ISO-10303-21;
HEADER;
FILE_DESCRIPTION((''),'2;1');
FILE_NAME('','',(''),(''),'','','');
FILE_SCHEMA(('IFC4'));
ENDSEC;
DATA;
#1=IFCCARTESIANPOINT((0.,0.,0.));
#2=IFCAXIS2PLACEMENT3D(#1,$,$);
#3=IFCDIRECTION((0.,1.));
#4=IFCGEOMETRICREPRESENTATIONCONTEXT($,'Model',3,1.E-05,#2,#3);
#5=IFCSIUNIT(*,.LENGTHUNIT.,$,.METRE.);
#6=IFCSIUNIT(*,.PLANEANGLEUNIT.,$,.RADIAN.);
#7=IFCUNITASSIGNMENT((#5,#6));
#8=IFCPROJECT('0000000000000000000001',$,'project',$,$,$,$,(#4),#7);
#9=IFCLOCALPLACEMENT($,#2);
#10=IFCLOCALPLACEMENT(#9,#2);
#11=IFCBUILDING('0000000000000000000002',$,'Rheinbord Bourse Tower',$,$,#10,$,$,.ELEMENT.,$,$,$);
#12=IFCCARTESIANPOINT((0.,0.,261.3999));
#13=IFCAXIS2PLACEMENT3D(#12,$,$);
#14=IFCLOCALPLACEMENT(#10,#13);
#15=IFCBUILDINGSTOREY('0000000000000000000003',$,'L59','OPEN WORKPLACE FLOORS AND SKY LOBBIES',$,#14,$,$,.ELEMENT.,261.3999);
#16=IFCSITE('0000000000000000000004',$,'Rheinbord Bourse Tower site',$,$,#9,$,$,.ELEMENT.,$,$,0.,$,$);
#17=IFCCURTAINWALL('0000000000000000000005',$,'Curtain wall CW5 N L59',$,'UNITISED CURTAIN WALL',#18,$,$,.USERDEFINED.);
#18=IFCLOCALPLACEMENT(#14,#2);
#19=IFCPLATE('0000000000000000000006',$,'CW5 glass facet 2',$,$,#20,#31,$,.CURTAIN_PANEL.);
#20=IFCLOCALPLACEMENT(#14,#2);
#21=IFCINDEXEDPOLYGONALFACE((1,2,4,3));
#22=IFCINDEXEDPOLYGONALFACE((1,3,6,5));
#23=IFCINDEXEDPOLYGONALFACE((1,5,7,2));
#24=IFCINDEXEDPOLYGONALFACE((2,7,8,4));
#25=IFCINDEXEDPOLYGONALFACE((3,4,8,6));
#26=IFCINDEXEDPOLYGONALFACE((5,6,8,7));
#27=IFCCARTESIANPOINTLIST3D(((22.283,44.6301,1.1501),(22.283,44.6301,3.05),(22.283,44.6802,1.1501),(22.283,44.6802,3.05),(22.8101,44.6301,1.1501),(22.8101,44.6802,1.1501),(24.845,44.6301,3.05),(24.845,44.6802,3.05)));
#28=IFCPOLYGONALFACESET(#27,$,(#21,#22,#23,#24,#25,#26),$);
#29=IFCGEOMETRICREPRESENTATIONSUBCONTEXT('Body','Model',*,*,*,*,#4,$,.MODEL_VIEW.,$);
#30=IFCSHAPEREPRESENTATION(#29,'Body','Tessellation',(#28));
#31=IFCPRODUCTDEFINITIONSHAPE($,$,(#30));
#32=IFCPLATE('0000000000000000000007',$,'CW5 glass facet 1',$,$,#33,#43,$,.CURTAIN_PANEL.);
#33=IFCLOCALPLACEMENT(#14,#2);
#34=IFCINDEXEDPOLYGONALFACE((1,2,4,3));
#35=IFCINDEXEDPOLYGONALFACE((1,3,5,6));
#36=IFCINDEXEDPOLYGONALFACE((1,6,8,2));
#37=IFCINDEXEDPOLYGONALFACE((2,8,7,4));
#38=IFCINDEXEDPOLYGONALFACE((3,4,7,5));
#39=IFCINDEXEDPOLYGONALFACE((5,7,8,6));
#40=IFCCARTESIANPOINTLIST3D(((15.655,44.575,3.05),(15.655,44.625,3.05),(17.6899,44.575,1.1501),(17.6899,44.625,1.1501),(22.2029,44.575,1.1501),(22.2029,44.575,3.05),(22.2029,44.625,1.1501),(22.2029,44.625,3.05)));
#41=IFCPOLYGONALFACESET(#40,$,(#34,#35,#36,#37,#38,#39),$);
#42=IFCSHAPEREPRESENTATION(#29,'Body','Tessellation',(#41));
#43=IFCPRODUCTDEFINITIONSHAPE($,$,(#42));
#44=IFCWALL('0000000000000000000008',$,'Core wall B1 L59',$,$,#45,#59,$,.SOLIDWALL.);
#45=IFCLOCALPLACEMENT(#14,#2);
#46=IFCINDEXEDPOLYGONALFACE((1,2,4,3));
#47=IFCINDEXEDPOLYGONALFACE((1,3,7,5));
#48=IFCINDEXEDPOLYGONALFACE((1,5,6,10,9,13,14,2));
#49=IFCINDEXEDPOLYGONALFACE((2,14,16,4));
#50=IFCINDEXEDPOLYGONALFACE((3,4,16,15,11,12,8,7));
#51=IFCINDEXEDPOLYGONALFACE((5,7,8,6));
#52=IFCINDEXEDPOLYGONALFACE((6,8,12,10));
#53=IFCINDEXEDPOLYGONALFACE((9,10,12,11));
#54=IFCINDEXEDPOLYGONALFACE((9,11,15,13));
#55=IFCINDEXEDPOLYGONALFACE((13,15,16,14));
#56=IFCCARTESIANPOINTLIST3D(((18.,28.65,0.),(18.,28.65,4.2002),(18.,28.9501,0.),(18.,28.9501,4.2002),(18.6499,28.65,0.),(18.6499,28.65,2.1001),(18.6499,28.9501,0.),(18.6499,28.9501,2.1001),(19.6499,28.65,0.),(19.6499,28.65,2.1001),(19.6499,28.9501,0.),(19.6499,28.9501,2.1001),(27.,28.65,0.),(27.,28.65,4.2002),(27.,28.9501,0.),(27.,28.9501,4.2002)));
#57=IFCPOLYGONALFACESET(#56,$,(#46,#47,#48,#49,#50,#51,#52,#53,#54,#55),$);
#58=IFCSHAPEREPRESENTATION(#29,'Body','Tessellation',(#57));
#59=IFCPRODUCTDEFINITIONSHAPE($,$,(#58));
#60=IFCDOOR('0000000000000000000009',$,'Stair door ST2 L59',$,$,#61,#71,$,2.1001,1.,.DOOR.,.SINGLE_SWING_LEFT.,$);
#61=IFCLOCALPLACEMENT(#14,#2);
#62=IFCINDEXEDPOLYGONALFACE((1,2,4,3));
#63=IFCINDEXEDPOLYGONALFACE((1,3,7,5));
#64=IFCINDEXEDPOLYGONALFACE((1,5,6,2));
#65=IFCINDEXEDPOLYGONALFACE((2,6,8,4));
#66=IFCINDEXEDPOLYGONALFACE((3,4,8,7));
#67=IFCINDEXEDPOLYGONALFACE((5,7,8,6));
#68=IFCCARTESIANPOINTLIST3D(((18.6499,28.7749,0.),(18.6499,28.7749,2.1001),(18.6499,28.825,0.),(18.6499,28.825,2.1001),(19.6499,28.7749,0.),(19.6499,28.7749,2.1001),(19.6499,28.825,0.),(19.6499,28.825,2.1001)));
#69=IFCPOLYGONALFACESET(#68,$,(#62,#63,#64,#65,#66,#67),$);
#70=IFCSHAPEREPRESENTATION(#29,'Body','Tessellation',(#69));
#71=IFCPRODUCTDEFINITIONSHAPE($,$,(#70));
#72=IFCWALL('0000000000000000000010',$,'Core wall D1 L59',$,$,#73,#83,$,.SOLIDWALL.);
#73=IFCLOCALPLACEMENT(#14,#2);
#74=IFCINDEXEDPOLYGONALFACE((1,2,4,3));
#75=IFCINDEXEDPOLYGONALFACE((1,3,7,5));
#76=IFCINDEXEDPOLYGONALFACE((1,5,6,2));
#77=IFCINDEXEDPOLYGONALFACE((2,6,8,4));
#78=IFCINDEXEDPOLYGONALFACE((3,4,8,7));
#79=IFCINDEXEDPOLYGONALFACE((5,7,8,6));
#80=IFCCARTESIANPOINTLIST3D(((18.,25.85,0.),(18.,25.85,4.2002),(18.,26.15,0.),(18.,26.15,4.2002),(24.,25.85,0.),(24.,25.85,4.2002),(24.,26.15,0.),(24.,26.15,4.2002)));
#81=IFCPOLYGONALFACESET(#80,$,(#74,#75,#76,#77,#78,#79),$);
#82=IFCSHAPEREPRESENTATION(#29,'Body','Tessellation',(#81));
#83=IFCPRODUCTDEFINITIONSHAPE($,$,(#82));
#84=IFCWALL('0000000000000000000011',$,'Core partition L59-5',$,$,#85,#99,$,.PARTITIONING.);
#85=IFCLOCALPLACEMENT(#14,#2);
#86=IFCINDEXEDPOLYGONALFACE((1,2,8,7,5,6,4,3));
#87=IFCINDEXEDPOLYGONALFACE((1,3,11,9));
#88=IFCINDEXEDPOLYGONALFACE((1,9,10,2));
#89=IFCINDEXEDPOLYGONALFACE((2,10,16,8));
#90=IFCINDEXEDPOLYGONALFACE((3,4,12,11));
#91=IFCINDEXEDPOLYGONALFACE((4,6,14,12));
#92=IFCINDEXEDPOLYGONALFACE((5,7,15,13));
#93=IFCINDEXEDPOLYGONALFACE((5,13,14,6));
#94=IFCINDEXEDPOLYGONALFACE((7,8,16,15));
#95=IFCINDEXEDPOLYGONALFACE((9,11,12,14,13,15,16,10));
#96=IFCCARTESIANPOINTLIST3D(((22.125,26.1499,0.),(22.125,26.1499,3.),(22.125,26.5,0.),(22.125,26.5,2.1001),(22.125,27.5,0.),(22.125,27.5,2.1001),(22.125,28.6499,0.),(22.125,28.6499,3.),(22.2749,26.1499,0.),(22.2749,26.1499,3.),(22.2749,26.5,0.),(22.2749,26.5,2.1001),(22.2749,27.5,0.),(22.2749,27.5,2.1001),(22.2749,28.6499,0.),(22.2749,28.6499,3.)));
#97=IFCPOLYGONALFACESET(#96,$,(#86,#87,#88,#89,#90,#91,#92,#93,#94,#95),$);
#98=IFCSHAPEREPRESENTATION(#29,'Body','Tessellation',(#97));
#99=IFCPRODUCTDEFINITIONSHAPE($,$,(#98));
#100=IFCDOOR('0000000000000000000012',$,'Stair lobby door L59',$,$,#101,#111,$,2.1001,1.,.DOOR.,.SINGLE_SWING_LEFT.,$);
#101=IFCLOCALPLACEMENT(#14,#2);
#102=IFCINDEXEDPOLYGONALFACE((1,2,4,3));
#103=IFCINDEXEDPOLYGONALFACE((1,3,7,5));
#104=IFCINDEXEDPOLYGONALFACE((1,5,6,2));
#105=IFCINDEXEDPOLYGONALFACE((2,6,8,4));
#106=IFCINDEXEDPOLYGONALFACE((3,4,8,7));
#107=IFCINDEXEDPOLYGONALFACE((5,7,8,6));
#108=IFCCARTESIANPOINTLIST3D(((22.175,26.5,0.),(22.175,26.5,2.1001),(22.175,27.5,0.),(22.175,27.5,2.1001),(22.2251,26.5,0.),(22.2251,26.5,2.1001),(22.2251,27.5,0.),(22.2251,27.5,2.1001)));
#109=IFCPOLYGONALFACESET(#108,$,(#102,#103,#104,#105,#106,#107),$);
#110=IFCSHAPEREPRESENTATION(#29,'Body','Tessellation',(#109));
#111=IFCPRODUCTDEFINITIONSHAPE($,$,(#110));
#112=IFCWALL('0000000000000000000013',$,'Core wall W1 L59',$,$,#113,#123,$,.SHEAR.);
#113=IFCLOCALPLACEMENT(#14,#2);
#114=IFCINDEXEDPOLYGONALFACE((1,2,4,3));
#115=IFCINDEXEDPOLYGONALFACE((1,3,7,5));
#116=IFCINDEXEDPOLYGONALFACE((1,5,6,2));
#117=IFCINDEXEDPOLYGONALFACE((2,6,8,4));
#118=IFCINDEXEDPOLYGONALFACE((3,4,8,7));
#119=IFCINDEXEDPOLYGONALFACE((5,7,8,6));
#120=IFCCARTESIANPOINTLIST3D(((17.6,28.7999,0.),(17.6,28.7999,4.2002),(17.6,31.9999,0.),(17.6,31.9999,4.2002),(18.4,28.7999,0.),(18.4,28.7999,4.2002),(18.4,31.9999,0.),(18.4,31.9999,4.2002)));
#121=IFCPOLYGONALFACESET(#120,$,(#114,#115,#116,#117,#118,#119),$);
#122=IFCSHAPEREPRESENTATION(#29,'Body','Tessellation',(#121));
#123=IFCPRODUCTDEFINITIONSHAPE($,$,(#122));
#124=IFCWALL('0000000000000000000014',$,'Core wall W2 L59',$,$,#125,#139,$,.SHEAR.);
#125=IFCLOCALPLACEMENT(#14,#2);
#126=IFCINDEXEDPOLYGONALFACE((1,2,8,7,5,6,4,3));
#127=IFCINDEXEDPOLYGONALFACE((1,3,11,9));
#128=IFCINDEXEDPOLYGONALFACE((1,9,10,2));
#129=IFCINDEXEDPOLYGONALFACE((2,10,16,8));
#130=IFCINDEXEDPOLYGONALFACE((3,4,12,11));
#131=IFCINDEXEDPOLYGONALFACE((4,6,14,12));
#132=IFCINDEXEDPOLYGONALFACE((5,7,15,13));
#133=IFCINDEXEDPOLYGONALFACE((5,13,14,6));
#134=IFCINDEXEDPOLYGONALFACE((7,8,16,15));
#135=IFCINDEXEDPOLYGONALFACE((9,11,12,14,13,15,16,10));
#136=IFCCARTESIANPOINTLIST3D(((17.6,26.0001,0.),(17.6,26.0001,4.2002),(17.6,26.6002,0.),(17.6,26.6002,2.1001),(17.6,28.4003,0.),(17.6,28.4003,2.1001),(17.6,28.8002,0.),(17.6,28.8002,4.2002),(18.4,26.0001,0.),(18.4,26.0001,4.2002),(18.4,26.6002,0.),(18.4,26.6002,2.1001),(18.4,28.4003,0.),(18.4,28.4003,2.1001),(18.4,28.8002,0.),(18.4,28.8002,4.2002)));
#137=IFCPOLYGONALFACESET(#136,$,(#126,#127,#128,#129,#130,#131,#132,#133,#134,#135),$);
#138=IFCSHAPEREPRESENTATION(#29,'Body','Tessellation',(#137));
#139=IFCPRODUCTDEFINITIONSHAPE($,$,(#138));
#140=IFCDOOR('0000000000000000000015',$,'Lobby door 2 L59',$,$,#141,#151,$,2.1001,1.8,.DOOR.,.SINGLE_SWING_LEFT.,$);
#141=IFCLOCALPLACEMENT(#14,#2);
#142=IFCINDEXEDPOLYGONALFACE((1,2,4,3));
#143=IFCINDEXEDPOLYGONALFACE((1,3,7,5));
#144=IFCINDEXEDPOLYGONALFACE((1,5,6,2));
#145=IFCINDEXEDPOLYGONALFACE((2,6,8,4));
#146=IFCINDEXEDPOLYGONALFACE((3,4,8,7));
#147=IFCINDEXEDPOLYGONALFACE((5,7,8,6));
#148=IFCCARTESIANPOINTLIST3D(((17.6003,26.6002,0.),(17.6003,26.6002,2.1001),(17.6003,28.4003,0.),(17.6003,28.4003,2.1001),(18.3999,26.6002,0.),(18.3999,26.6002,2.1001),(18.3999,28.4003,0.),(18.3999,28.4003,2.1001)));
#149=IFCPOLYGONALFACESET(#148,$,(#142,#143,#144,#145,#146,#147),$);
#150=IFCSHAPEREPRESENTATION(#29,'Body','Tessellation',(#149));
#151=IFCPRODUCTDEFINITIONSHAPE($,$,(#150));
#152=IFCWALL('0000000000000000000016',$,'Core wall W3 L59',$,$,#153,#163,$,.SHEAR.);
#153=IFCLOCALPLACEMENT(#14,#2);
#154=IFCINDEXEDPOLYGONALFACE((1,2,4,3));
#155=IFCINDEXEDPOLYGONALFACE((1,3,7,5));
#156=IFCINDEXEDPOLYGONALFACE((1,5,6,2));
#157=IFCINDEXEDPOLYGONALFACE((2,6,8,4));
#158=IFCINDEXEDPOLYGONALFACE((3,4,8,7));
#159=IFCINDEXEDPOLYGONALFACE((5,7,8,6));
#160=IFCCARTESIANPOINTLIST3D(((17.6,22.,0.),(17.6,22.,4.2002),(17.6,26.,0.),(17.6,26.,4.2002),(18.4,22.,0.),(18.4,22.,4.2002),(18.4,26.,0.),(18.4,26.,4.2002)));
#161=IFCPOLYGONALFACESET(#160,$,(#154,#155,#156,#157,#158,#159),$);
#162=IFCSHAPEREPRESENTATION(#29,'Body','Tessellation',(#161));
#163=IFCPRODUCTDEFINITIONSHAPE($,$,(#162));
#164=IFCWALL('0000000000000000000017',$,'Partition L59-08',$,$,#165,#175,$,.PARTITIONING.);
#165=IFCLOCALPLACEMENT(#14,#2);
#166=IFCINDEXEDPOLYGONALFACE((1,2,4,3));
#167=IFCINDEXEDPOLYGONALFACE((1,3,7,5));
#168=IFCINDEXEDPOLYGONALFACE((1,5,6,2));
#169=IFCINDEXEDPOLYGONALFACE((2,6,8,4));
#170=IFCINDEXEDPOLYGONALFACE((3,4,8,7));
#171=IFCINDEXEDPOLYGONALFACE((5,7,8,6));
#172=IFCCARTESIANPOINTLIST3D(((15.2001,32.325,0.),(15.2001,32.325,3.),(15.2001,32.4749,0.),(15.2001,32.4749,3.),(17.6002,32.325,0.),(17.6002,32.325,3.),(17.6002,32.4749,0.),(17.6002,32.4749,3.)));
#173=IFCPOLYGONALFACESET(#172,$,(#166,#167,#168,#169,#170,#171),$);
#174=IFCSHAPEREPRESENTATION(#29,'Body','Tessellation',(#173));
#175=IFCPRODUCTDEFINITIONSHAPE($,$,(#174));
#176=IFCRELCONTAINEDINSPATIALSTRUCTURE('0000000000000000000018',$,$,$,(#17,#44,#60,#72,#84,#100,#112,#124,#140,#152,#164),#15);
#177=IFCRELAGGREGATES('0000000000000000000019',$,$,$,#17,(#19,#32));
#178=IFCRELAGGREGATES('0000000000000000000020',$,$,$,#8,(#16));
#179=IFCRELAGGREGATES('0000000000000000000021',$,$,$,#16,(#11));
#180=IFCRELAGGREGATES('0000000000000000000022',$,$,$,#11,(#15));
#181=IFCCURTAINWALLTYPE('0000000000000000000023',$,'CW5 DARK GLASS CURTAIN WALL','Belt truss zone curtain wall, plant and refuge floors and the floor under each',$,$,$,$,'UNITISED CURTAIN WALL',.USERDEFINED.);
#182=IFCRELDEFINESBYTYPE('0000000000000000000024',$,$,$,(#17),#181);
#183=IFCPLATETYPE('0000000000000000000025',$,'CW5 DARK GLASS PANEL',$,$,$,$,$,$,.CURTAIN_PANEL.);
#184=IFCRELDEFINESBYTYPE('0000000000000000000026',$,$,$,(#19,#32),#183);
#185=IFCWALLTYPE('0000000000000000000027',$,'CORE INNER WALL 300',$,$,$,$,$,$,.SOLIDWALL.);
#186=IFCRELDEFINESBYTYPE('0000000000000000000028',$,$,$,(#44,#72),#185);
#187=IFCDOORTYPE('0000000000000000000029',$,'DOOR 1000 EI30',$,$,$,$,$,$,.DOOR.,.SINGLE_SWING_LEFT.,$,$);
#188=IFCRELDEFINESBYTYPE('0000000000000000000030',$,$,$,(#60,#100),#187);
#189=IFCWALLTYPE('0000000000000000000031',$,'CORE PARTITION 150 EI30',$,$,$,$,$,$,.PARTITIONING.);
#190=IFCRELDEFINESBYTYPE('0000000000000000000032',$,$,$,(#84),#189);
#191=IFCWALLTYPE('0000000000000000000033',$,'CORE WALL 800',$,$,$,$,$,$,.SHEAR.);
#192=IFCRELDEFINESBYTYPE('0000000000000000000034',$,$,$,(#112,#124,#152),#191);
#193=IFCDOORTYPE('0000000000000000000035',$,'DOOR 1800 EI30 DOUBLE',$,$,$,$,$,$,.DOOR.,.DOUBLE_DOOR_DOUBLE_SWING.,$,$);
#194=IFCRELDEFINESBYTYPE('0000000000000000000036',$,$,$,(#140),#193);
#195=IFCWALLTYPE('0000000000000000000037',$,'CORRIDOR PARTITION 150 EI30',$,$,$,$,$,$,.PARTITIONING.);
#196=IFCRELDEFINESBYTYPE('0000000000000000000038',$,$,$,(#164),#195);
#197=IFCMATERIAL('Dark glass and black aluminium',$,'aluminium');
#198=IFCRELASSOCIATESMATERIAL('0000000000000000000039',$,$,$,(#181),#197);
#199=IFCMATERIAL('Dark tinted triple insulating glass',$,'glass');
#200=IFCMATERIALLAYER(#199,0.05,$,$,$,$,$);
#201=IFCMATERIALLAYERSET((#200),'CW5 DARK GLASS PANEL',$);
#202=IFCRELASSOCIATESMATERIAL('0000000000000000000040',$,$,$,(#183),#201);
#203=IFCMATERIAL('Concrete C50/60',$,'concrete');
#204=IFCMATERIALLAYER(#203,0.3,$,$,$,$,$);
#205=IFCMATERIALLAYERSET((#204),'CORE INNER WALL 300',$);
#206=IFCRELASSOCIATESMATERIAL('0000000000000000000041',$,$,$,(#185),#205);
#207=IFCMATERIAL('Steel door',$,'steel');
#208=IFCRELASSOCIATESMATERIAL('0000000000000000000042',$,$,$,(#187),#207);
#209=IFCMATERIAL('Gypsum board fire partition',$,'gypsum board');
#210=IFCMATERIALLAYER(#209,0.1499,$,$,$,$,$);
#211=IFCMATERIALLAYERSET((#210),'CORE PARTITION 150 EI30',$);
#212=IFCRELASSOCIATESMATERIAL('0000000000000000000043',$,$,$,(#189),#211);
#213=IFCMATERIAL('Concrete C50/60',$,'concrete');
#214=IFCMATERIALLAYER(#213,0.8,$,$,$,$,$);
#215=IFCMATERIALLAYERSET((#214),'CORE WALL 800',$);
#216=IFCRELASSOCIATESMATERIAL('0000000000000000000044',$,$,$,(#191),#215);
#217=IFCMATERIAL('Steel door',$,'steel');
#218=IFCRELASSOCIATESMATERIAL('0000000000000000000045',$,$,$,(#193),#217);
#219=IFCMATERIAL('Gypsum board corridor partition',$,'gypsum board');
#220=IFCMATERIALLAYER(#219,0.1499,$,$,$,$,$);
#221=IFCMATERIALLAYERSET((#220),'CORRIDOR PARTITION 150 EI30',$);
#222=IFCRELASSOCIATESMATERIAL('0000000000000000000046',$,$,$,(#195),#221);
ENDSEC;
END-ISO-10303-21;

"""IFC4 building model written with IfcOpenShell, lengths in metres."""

from ifc_helpers import new_model, si_unit, direction, frame, frame_2d, origin, place, context, subcontext, project, spatial, polyline, rectangle, outline, extrude, material, layer, layer_set, type_object, element, fill, aggregate, save


model = new_model("IFC4")

# Units and contexts
model_context = context("Model", 3, precision=1e-05, world=origin(), true_north=direction((0.0, 1.0)))
body_context = subcontext(model_context, "Body", "Model", "MODEL_VIEW")
ifc_project = project(units=[si_unit("LENGTHUNIT", "METRE"), si_unit("PLANEANGLEUNIT", "RADIAN")], contexts=[model_context])

# Site, building, storey
site_placement = place(None, origin())
site = spatial("IfcSite", under=ifc_project, at=site_placement, Name="Rheinbord Bourse Tower site", CompositionType="ELEMENT", RefElevation=0.0)
building_placement = place(site_placement, origin())
building = spatial("IfcBuilding", under=site, at=building_placement, Name="Rheinbord Bourse Tower", CompositionType="ELEMENT")
storey_placement = place(building_placement, frame((0.0, 0.0, 261.3999)))
storey = spatial("IfcBuildingStorey", under=building, at=storey_placement, Name="L59", Description="OPEN WORKPLACE FLOORS AND SKY LOBBIES", CompositionType="ELEMENT", Elevation=261.3999)

# Curtain wall
ifc_material_1 = material(Name="Dark glass and black aluminium", Category="aluminium")
curtain_wall_type = type_object("IfcCurtainWallType", Name="CW5 DARK GLASS CURTAIN WALL", Description="Belt truss zone curtain wall, plant and refuge floors and the floor under each", ElementType="UNITISED CURTAIN WALL", PredefinedType="USERDEFINED", material=ifc_material_1)
curtain_wall_placement = place(storey_placement, origin())
curtain_wall = element("IfcCurtainWall", 1, at=curtain_wall_placement, inside=storey, type_object=curtain_wall_type, Name="Curtain wall CW5 N L59", ObjectType="UNITISED CURTAIN WALL", PredefinedType="USERDEFINED")

# Plates
ifc_material_2 = material(Name="Dark tinted triple insulating glass", Category="glass")
ifc_layer_1 = layer(ifc_material_2, 0.05)
ifc_layer_set_1 = layer_set([ifc_layer_1], Name="CW5 DARK GLASS PANEL")
plate_type = type_object("IfcPlateType", Name="CW5 DARK GLASS PANEL", PredefinedType="CURTAIN_PANEL", material=ifc_layer_set_1)
plate_1_placement = place(storey_placement, frame((22.283, 44.6802, 3.05), z_axis=(0.0, -1.0, 0.0), x_axis=(0.0, 0.0, -1.0)))
plate_1 = element("IfcPlate", 2, at=plate_1_placement, type_object=plate_type, Name="CW5 glass facet 2", PredefinedType="CURTAIN_PANEL", context=body_context, shape_type="SweptSolid", body=[
    extrude(outline(polyline([(0.0, 0.0), (1.8999, 0.0), (1.8999, 0.5271), (0.0, 2.562), (0.0, 0.0)])), origin(), (0.0, 0.0, 1.0), 0.05),
])
plate_2_placement = place(storey_placement, frame((22.2029, 44.625, 1.1501), z_axis=(0.0, -1.0, 0.0), x_axis=(0.0, 0.0, 1.0)))
plate_2 = element("IfcPlate", 3, at=plate_2_placement, type_object=plate_type, Name="CW5 glass facet 1", PredefinedType="CURTAIN_PANEL", context=body_context, shape_type="SweptSolid", body=[
    extrude(outline(polyline([(0.0, 0.0), (1.8999, 0.0), (1.8999, 6.5479), (0.0, 4.5129), (0.0, 0.0)])), origin(), (0.0, 0.0, 1.0), 0.05),
])
aggregate(curtain_wall, [plate_1, plate_2])

# Wall, opening, door
ifc_material_3 = material(Name="Concrete C50/60", Category="concrete")
ifc_layer_2 = layer(ifc_material_3, 0.3)
ifc_layer_set_2 = layer_set([ifc_layer_2], Name="CORE INNER WALL 300")
wall_type_1 = type_object("IfcWallType", Name="CORE INNER WALL 300", PredefinedType="SOLIDWALL", material=ifc_layer_set_2)
wall_1_placement = place(storey_placement, frame((18.0, 28.8, 0.0), z_axis=(0.0, 0.0, 1.0), x_axis=(1.0, 0.0, 0.0)))
wall_1 = element("IfcWall", 4, at=wall_1_placement, inside=storey, type_object=wall_type_1, Name="Core wall B1 L59", PredefinedType="SOLIDWALL", context=body_context, shape_type="SweptSolid", body=[
    extrude(rectangle(XDim=9.0, YDim=0.3, at=frame_2d((4.5, 0.0))), origin(), (0.0, 0.0, 1.0), 4.2002),
])
opening_1_placement = place(wall_1_placement, frame((0.6499, 0.0, 0.0)))
opening_1 = element("IfcOpeningElement", 5, at=opening_1_placement, cuts=wall_1, PredefinedType="OPENING", context=body_context, shape_type="SweptSolid", body=[
    extrude(rectangle(XDim=1.0, YDim=2.1001, at=frame_2d((0.5, 1.05))), frame((0.0, 0.1599, 0.0), z_axis=(0.0, -1.0, 0.0), x_axis=(1.0, 0.0, 0.0)), (0.0, 0.0, 1.0), 0.3201),
])
ifc_material_4 = material(Name="Steel door", Category="steel")
door_type_1 = type_object("IfcDoorType", Name="DOOR 1000 EI30", OperationType="SINGLE_SWING_LEFT", PredefinedType="DOOR", material=ifc_material_4)
door_1_placement = place(opening_1_placement, origin())
door_1 = element("IfcDoor", 6, at=door_1_placement, inside=storey, type_object=door_type_1, Name="Stair door ST2 L59", OperationType="SINGLE_SWING_LEFT", OverallHeight=2.1001, OverallWidth=1.0, PredefinedType="DOOR", context=body_context, shape_type="SweptSolid", body=[
    extrude(rectangle(XDim=1.0, YDim=2.1001, at=frame_2d((0.5, 1.05))), frame((0.0, 0.0249, 0.0), z_axis=(0.0, -1.0, 0.0), x_axis=(1.0, 0.0, 0.0)), (0.0, 0.0, 1.0), 0.05),
])
fill(opening_1, door_1)

# Wall
wall_2_placement = place(storey_placement, frame((18.0, 26.0, 0.0), z_axis=(0.0, 0.0, 1.0), x_axis=(1.0, 0.0, 0.0)))
element("IfcWall", 7, at=wall_2_placement, inside=storey, type_object=wall_type_1, Name="Core wall D1 L59", PredefinedType="SOLIDWALL", context=body_context, shape_type="SweptSolid", body=[
    extrude(rectangle(XDim=6.0, YDim=0.3, at=frame_2d((3.0, 0.0))), origin(), (0.0, 0.0, 1.0), 4.2002),
])

# Wall, opening, door
ifc_material_5 = material(Name="Gypsum board fire partition", Category="gypsum board")
ifc_layer_3 = layer(ifc_material_5, 0.1499)
ifc_layer_set_3 = layer_set([ifc_layer_3], Name="CORE PARTITION 150 EI30")
wall_type_2 = type_object("IfcWallType", Name="CORE PARTITION 150 EI30", PredefinedType="PARTITIONING", material=ifc_layer_set_3)
wall_3_placement = place(storey_placement, frame((22.2, 26.1499, 0.0), z_axis=(0.0, 0.0, 1.0), x_axis=(0.0, 1.0, 0.0)))
wall_3 = element("IfcWall", 8, at=wall_3_placement, inside=storey, type_object=wall_type_2, Name="Core partition L59-5", PredefinedType="PARTITIONING", context=body_context, shape_type="SweptSolid", body=[
    extrude(rectangle(XDim=2.5, YDim=0.1499, at=frame_2d((1.25, 0.0))), origin(), (0.0, 0.0, 1.0), 3.0),
])
opening_2_placement = place(wall_3_placement, frame((0.3501, 0.0, 0.0)))
opening_2 = element("IfcOpeningElement", 9, at=opening_2_placement, cuts=wall_3, PredefinedType="OPENING", context=body_context, shape_type="SweptSolid", body=[
    extrude(rectangle(XDim=1.0, YDim=2.1001, at=frame_2d((0.5, 1.05))), frame((0.0, 0.085, 0.0), z_axis=(0.0, -1.0, 0.0), x_axis=(1.0, 0.0, 0.0)), (0.0, 0.0, 1.0), 0.1699),
])
door_2_placement = place(opening_2_placement, origin())
door_2 = element("IfcDoor", 10, at=door_2_placement, inside=storey, type_object=door_type_1, Name="Stair lobby door L59", OperationType="SINGLE_SWING_LEFT", OverallHeight=2.1001, OverallWidth=1.0, PredefinedType="DOOR", context=body_context, shape_type="SweptSolid", body=[
    extrude(rectangle(XDim=1.0, YDim=2.1001, at=frame_2d((0.5, 1.05))), frame((0.0, 0.0249, 0.0), z_axis=(0.0, -1.0, 0.0), x_axis=(1.0, 0.0, 0.0)), (0.0, 0.0, 1.0), 0.05),
])
fill(opening_2, door_2)

# Wall
ifc_material_6 = material(Name="Concrete C50/60", Category="concrete")
ifc_layer_4 = layer(ifc_material_6, 0.8)
ifc_layer_set_4 = layer_set([ifc_layer_4], Name="CORE WALL 800")
wall_type_3 = type_object("IfcWallType", Name="CORE WALL 800", PredefinedType="SHEAR", material=ifc_layer_set_4)
wall_4_placement = place(storey_placement, frame((18.0, 32.0, 0.0), z_axis=(0.0, 0.0, 1.0), x_axis=(0.0, -1.0, 0.0)))
element("IfcWall", 11, at=wall_4_placement, inside=storey, type_object=wall_type_3, Name="Core wall W1 L59", PredefinedType="SHEAR", context=body_context, shape_type="SweptSolid", body=[
    extrude(rectangle(XDim=3.2, YDim=0.8, at=frame_2d((1.6001, 0.0))), origin(), (0.0, 0.0, 1.0), 4.2002),
])

# Wall, opening, door
wall_5_placement = place(storey_placement, frame((18.0, 28.8, 0.0), z_axis=(0.0, 0.0, 1.0), x_axis=(0.0, -1.0, 0.0)))
wall_5 = element("IfcWall", 12, at=wall_5_placement, inside=storey, type_object=wall_type_3, Name="Core wall W2 L59", PredefinedType="SHEAR", context=body_context, shape_type="SweptSolid", body=[
    extrude(rectangle(XDim=2.8, YDim=0.8, at=frame_2d((1.3999, 0.0))), origin(), (0.0, 0.0, 1.0), 4.2002),
])
opening_3_placement = place(wall_5_placement, frame((0.3999, 0.0, 0.0)))
opening_3 = element("IfcOpeningElement", 13, at=opening_3_placement, cuts=wall_5, PredefinedType="OPENING", context=body_context, shape_type="SweptSolid", body=[
    extrude(rectangle(XDim=1.8, YDim=2.1001, at=frame_2d((0.8999, 1.05))), frame((0.0, 0.4099, 0.0), z_axis=(0.0, -1.0, 0.0), x_axis=(1.0, 0.0, 0.0)), (0.0, 0.0, 1.0), 0.8201),
])
ifc_material_7 = material(Name="Steel door", Category="steel")
door_type_2 = type_object("IfcDoorType", Name="DOOR 1800 EI30 DOUBLE", OperationType="DOUBLE_DOOR_DOUBLE_SWING", PredefinedType="DOOR", material=ifc_material_7)
door_3_placement = place(opening_3_placement, origin())
door_3 = element("IfcDoor", 14, at=door_3_placement, inside=storey, type_object=door_type_2, Name="Lobby door 2 L59", OperationType="SINGLE_SWING_LEFT", OverallHeight=2.1001, OverallWidth=1.8, PredefinedType="DOOR", context=body_context, shape_type="SweptSolid", body=[
    extrude(rectangle(XDim=1.8, YDim=2.1001, at=frame_2d((0.8999, 1.05))), frame((0.0, 0.3999, 0.0), z_axis=(0.0, -1.0, 0.0), x_axis=(1.0, 0.0, 0.0)), (0.0, 0.0, 1.0), 0.7996),
])
fill(opening_3, door_3)

# Walls
wall_6_placement = place(storey_placement, frame((18.0, 26.0, 0.0), z_axis=(0.0, 0.0, 1.0), x_axis=(0.0, -1.0, 0.0)))
element("IfcWall", 15, at=wall_6_placement, inside=storey, type_object=wall_type_3, Name="Core wall W3 L59", PredefinedType="SHEAR", context=body_context, shape_type="SweptSolid", body=[
    extrude(rectangle(XDim=4.0, YDim=0.8, at=frame_2d((2.0, 0.0))), origin(), (0.0, 0.0, 1.0), 4.2002),
])
ifc_material_8 = material(Name="Gypsum board corridor partition", Category="gypsum board")
ifc_layer_5 = layer(ifc_material_8, 0.1499)
ifc_layer_set_5 = layer_set([ifc_layer_5], Name="CORRIDOR PARTITION 150 EI30")
wall_type_4 = type_object("IfcWallType", Name="CORRIDOR PARTITION 150 EI30", PredefinedType="PARTITIONING", material=ifc_layer_set_5)
wall_7_placement = place(storey_placement, frame((15.2, 32.3999, 0.0), z_axis=(0.0, 0.0, 1.0), x_axis=(1.0, 0.0, 0.0)))
element("IfcWall", 16, at=wall_7_placement, inside=storey, type_object=wall_type_4, Name="Partition L59-08", PredefinedType="PARTITIONING", context=body_context, shape_type="SweptSolid", body=[
    extrude(rectangle(XDim=2.4001, YDim=0.1499, at=frame_2d((1.2002, 0.0))), origin(), (0.0, 0.0, 1.0), 3.0),
])

save(model, "model.ifc")
